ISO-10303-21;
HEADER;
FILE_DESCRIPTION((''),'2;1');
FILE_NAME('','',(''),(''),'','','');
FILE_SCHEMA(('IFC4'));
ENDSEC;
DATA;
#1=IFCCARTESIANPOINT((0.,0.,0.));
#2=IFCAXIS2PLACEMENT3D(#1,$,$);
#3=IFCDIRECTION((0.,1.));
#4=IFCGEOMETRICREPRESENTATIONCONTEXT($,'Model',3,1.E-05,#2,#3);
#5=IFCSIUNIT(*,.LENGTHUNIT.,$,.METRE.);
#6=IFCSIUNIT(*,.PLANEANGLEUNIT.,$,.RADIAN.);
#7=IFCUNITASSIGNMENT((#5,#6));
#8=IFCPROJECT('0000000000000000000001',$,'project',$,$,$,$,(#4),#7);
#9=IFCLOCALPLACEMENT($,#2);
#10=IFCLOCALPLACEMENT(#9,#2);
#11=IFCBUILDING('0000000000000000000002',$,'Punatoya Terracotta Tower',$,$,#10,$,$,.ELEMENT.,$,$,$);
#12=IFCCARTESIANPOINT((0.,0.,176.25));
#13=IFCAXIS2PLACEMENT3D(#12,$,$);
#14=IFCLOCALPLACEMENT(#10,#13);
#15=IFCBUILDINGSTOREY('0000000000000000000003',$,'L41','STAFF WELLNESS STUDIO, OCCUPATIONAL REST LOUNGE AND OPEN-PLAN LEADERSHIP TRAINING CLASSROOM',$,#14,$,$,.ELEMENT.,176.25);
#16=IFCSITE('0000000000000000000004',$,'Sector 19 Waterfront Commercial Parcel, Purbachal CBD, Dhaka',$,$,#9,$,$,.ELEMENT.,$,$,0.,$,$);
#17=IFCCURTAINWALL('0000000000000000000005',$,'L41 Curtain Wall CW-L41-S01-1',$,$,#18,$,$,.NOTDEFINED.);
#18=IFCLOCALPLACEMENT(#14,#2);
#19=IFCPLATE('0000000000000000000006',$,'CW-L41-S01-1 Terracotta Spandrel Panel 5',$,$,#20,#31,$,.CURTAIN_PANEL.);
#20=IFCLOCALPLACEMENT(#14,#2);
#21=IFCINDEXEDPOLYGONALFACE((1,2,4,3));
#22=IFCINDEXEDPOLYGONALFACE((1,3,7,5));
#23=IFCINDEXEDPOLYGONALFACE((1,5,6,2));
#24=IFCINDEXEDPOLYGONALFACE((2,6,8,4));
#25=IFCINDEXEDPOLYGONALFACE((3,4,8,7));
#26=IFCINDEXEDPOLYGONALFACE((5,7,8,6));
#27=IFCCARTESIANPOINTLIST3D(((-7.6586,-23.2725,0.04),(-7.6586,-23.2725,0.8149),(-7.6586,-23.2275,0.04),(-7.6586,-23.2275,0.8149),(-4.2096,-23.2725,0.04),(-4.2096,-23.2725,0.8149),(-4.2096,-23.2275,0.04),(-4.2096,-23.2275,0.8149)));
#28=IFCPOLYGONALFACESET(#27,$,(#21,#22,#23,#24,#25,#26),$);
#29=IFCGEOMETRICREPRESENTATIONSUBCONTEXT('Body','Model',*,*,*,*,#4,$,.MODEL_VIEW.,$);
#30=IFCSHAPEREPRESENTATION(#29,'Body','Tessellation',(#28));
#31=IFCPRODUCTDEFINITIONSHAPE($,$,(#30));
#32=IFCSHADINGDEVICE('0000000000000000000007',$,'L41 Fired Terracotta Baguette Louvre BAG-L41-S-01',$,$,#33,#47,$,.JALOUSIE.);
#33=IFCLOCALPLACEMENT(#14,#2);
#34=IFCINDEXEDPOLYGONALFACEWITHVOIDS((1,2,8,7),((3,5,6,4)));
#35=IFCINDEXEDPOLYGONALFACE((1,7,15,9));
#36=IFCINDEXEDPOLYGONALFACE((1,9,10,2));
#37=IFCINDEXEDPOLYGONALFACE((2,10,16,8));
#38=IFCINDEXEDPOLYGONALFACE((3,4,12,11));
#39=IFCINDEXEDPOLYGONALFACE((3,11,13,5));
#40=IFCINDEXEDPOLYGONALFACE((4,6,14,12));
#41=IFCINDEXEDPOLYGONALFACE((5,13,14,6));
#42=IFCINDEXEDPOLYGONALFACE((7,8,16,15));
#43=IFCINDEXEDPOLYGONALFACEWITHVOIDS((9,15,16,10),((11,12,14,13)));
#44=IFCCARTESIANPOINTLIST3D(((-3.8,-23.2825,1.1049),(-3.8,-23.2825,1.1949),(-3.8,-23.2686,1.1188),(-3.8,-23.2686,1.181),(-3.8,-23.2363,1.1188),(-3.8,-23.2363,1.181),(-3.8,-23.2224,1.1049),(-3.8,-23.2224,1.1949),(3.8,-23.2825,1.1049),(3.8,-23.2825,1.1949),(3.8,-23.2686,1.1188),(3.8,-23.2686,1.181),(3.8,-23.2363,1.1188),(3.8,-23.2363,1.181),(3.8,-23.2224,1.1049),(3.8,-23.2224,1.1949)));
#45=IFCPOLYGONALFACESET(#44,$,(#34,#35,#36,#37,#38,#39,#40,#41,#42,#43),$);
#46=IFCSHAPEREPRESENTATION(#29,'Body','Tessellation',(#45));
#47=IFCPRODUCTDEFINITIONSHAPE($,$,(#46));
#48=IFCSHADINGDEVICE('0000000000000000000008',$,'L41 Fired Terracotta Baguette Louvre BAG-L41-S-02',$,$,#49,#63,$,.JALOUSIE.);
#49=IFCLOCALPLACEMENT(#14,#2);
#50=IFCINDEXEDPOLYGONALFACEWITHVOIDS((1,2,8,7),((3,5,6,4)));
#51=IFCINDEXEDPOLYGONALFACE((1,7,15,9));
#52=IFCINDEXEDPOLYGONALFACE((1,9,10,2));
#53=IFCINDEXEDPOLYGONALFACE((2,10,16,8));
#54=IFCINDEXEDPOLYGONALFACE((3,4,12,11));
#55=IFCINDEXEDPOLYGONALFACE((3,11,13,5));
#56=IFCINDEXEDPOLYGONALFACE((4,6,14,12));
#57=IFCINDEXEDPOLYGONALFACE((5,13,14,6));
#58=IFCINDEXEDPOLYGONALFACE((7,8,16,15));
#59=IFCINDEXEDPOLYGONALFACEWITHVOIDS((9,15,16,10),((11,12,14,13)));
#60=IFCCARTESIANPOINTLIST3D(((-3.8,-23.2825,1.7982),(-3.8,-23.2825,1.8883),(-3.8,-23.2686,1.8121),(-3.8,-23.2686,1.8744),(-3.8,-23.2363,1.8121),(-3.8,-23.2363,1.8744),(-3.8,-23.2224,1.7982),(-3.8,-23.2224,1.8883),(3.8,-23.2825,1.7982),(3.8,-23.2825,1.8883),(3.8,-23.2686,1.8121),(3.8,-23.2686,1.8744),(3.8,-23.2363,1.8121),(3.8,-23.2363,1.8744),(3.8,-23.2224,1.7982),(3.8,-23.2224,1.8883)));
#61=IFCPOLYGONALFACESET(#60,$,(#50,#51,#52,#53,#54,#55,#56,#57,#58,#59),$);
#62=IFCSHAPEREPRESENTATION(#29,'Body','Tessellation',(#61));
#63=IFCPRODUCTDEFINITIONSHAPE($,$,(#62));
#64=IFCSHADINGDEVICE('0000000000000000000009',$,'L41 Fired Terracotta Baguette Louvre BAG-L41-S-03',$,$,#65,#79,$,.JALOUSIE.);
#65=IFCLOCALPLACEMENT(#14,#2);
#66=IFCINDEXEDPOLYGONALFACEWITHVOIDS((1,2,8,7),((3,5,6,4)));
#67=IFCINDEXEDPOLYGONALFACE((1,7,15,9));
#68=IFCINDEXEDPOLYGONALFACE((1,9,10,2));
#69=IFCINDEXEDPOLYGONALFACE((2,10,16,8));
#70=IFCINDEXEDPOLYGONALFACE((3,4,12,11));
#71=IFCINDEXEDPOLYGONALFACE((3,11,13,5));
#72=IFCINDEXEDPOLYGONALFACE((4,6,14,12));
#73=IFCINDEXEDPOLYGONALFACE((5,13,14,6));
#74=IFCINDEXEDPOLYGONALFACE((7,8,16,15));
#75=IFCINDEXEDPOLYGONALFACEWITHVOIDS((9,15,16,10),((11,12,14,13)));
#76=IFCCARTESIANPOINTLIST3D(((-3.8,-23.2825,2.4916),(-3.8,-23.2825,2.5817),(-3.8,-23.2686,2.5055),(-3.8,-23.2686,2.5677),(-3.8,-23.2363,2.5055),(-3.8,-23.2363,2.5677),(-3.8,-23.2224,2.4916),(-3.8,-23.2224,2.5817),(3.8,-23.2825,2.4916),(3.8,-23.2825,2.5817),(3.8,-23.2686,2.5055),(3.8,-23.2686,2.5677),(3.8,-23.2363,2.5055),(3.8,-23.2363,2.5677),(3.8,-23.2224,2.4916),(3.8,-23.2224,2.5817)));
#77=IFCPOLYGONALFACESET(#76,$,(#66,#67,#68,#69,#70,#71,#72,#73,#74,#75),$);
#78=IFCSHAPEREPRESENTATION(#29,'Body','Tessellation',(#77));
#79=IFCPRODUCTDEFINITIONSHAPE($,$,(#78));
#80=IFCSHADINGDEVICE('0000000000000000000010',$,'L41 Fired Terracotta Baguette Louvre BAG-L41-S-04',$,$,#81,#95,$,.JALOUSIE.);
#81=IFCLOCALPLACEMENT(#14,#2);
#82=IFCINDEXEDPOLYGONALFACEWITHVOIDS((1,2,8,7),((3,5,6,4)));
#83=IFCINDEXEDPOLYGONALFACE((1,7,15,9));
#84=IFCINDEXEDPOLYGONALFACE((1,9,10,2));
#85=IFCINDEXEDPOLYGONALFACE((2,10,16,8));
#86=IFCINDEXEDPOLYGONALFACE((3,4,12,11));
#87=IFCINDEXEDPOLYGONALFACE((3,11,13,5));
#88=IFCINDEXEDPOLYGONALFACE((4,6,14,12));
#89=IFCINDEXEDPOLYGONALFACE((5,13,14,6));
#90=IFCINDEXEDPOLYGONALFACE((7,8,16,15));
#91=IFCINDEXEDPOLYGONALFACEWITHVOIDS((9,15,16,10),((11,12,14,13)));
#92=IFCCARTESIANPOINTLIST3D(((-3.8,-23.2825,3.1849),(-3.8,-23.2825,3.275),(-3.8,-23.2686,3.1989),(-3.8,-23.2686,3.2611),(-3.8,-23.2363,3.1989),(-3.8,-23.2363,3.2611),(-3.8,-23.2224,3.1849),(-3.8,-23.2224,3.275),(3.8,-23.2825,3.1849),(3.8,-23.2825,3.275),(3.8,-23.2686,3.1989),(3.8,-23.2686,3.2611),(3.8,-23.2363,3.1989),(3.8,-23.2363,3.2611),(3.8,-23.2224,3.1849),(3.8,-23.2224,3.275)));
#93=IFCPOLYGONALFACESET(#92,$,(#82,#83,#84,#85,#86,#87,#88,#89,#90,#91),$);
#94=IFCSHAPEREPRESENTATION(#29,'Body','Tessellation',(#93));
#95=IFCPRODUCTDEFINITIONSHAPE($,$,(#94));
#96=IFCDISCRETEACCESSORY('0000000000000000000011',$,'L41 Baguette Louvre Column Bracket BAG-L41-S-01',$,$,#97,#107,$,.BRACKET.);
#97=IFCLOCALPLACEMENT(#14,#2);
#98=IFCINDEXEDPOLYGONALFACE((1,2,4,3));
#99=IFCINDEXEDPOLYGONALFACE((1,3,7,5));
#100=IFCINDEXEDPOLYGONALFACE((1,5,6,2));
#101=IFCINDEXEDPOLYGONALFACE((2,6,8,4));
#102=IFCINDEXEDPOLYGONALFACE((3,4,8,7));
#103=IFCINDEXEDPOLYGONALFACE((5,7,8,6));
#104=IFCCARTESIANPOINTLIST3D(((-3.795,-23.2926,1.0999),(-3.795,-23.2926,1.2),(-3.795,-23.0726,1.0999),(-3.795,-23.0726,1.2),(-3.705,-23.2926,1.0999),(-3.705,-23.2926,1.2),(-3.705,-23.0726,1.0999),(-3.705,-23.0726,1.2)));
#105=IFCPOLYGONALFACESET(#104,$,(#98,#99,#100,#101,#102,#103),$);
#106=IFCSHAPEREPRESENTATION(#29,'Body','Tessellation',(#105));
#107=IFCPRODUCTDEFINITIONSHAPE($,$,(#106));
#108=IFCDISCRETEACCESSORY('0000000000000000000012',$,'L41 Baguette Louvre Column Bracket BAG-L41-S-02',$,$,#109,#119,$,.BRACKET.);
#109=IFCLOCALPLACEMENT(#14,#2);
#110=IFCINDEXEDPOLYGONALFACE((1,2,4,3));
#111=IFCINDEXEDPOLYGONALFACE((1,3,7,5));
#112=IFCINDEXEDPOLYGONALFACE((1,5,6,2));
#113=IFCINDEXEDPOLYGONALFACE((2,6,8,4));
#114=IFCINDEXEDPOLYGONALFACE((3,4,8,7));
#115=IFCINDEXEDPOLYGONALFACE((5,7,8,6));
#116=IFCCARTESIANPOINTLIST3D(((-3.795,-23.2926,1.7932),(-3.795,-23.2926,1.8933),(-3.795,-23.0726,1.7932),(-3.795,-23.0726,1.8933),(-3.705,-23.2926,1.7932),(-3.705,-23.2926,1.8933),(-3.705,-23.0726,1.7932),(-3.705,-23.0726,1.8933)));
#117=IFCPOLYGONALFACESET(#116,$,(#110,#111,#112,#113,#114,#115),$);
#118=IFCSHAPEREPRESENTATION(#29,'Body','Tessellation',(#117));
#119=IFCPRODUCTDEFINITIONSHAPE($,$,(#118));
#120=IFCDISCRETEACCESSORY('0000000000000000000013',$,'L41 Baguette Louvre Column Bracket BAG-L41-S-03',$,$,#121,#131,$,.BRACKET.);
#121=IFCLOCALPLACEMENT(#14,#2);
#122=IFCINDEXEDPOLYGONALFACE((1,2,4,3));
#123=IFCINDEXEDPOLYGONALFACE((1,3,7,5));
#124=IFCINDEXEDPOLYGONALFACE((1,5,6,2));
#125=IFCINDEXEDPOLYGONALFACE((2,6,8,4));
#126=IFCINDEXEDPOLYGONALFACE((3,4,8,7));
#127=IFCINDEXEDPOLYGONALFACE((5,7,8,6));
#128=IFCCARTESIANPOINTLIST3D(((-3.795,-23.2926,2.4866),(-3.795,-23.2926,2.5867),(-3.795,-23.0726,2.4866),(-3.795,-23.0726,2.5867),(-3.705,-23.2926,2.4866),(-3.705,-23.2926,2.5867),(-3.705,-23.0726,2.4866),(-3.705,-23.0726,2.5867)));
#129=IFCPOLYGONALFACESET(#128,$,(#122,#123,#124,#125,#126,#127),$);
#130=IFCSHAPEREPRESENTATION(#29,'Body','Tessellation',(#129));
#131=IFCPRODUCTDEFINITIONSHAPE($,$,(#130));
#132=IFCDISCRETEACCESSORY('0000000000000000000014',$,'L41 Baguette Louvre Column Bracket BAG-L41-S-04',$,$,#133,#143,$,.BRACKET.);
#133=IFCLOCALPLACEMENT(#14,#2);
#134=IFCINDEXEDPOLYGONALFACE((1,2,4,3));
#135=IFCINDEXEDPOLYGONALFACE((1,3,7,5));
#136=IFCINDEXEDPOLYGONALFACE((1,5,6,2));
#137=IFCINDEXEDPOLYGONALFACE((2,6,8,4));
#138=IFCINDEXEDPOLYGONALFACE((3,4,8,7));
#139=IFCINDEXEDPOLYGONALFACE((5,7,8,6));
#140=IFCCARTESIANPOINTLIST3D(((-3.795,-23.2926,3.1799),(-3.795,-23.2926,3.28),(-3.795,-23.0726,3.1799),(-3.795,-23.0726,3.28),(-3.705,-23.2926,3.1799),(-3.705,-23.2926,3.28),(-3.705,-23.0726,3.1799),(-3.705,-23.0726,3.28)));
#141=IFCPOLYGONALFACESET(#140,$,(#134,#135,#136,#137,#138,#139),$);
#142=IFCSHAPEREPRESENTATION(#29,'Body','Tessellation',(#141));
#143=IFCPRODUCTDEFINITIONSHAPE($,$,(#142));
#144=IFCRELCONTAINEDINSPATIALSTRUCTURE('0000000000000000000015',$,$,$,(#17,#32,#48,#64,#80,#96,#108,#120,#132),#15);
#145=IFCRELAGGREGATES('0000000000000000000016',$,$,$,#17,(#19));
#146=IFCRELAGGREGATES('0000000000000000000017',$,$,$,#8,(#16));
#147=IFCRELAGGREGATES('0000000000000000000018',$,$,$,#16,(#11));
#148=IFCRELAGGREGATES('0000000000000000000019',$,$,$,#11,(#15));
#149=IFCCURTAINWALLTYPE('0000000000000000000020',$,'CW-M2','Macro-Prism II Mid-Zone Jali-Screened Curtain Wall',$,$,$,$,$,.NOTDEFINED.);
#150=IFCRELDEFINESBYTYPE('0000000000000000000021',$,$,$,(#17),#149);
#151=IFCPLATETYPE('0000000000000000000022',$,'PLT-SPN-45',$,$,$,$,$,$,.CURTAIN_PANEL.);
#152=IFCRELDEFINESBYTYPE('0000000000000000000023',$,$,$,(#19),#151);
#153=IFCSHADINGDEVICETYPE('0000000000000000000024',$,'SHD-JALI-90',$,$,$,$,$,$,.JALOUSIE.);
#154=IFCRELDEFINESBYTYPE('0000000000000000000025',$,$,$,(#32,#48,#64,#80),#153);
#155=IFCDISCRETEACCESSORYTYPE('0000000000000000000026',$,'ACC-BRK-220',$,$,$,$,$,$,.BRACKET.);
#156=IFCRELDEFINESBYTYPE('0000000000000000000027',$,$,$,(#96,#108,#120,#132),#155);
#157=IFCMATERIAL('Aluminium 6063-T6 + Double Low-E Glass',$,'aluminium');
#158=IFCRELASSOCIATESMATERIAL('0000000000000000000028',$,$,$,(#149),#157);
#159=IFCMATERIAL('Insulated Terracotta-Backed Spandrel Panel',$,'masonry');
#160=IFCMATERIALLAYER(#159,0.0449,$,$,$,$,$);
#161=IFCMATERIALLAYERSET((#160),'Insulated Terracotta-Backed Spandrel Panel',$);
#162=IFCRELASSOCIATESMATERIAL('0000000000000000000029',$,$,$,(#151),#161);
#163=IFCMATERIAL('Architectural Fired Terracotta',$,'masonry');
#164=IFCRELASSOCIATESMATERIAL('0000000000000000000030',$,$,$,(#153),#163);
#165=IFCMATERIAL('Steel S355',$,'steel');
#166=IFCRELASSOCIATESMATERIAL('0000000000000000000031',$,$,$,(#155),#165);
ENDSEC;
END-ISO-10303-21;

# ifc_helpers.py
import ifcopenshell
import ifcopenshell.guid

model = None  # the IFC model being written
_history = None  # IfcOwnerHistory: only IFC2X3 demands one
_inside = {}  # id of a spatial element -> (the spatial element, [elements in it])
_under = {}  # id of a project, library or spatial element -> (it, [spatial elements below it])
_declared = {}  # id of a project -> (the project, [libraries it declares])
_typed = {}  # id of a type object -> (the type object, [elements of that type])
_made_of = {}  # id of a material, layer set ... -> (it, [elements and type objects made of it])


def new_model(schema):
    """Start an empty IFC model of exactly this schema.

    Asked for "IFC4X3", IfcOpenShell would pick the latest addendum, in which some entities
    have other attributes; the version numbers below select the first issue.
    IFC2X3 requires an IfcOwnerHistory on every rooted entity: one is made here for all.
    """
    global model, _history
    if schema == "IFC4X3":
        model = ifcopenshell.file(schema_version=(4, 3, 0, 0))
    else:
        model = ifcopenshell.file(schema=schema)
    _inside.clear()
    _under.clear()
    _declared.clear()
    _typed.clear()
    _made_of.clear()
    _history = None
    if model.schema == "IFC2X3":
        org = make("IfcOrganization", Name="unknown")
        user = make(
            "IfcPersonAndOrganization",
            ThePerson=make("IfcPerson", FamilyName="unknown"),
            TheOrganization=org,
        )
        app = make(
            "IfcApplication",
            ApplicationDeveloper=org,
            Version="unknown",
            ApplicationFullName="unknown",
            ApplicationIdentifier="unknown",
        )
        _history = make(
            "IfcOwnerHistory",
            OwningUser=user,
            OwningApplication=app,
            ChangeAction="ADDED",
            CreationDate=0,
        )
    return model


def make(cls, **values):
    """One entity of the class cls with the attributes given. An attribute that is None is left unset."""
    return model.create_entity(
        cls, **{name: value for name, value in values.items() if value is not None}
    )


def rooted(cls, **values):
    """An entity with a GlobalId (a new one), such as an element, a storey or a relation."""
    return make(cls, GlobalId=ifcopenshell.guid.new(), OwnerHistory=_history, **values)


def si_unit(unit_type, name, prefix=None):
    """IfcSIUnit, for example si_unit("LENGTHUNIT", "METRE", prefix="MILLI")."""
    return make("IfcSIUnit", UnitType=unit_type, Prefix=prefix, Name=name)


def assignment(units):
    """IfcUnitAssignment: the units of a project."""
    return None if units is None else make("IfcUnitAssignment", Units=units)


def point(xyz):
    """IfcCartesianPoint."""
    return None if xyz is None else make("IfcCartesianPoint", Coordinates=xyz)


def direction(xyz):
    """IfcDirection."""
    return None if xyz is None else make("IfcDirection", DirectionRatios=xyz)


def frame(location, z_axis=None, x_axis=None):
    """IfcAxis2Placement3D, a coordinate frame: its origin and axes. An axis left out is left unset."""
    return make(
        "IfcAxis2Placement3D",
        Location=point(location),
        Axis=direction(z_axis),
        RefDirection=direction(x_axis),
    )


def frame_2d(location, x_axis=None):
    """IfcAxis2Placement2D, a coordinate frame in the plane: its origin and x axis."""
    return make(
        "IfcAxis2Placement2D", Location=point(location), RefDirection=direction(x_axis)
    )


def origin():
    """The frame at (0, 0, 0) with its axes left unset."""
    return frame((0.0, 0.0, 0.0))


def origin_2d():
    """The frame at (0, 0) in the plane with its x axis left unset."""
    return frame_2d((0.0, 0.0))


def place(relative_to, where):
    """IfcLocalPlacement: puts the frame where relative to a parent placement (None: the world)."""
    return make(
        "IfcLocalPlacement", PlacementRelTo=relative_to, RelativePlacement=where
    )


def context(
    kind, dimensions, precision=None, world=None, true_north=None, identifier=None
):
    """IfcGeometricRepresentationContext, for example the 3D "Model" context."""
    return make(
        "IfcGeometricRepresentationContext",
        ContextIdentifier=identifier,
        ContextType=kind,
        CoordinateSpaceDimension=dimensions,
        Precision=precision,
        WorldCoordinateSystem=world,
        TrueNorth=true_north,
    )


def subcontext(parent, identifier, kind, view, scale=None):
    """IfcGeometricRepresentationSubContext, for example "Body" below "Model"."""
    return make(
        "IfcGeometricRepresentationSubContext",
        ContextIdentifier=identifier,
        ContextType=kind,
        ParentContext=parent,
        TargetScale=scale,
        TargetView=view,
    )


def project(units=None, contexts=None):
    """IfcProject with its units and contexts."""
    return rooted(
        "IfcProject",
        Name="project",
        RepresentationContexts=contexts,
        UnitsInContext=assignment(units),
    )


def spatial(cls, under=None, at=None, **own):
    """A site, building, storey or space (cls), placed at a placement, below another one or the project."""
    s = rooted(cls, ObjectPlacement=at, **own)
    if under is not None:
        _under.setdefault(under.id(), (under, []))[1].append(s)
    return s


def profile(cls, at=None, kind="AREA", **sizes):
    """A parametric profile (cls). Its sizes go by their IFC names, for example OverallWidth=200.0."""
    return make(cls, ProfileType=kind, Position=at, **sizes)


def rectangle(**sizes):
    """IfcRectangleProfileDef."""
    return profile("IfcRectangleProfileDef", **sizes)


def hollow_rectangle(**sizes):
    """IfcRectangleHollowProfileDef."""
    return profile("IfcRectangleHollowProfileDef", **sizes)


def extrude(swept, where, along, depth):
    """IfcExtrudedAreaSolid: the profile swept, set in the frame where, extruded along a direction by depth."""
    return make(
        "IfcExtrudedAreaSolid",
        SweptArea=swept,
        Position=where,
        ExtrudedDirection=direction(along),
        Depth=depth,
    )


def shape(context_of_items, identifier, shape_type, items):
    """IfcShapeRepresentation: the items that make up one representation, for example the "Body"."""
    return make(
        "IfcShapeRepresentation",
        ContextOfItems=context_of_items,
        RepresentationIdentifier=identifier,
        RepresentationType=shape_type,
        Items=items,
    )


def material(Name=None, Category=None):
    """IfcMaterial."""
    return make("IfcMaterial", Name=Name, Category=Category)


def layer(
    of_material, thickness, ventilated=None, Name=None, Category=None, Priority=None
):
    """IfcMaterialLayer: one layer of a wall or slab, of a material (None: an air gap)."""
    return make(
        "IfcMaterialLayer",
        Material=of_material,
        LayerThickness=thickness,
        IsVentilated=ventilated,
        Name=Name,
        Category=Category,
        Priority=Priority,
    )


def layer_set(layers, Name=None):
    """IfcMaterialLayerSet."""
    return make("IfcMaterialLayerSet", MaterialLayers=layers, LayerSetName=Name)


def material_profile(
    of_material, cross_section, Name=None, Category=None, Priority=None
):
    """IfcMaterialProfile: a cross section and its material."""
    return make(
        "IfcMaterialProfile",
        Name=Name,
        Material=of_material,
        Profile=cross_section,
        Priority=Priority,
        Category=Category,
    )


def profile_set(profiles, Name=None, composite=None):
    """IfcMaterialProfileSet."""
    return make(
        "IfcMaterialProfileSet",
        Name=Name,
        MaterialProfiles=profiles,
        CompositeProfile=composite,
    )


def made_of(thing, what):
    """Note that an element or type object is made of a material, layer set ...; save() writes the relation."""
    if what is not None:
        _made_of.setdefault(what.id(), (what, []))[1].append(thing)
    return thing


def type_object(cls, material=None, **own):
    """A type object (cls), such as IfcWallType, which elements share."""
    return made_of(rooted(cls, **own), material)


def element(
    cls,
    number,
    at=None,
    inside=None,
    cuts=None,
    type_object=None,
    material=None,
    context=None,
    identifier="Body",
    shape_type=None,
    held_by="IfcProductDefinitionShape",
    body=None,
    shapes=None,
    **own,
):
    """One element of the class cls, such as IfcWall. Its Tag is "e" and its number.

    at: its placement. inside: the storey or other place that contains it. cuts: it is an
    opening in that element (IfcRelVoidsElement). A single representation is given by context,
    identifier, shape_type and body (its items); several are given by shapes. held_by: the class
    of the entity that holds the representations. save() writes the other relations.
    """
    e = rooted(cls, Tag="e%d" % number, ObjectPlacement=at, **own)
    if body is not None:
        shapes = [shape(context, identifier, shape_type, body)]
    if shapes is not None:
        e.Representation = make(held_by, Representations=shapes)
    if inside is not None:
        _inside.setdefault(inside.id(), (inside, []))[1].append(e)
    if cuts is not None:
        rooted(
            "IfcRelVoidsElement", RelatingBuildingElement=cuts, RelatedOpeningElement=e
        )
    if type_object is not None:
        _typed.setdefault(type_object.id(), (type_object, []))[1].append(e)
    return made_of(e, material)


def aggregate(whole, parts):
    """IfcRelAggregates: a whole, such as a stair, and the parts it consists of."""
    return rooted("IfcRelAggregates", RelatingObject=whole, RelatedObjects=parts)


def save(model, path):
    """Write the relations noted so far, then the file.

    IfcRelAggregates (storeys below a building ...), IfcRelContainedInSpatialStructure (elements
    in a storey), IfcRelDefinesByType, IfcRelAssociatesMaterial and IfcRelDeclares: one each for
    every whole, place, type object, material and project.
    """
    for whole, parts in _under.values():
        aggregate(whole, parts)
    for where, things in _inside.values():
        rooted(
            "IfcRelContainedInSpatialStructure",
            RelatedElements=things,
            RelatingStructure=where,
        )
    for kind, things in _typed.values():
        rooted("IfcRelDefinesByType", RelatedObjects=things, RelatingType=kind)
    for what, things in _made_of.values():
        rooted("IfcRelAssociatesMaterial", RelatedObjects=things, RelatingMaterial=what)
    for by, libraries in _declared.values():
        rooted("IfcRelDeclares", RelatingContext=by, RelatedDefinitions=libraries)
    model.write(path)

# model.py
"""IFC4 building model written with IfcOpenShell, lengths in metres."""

from ifc_helpers import new_model, si_unit, direction, frame, origin, origin_2d, place, context, subcontext, project, spatial, rectangle, hollow_rectangle, extrude, material, layer, layer_set, material_profile, profile_set, type_object, element, aggregate, save


model = new_model("IFC4")

# Units and contexts
model_context = context("Model", 3, precision=1e-05, world=origin(), true_north=direction((0.0, 1.0)))
body_context = subcontext(model_context, "Body", "Model", "MODEL_VIEW")
ifc_project = project(units=[si_unit("LENGTHUNIT", "METRE"), si_unit("PLANEANGLEUNIT", "RADIAN")], contexts=[model_context])

# Site, building, storey
site_placement = place(None, origin())
site = spatial("IfcSite", under=ifc_project, at=site_placement, Name="Sector 19 Waterfront Commercial Parcel, Purbachal CBD, Dhaka", CompositionType="ELEMENT", RefElevation=0.0)
building_placement = place(site_placement, origin())
building = spatial("IfcBuilding", under=site, at=building_placement, Name="Punatoya Terracotta Tower", CompositionType="ELEMENT")
storey_placement = place(building_placement, frame((0.0, 0.0, 176.25)))
storey = spatial("IfcBuildingStorey", under=building, at=storey_placement, Name="L41", Description="STAFF WELLNESS STUDIO, OCCUPATIONAL REST LOUNGE AND OPEN-PLAN LEADERSHIP TRAINING CLASSROOM", CompositionType="ELEMENT", Elevation=176.25)

# Curtain wall, plate
ifc_material_1 = material(Name="Aluminium 6063-T6 + Double Low-E Glass", Category="aluminium")
curtain_wall_type = type_object("IfcCurtainWallType", Name="CW-M2", Description="Macro-Prism II Mid-Zone Jali-Screened Curtain Wall", PredefinedType="NOTDEFINED", material=ifc_material_1)
curtain_wall_placement = place(storey_placement, origin())
curtain_wall = element("IfcCurtainWall", 1, at=curtain_wall_placement, inside=storey, type_object=curtain_wall_type, Name="L41 Curtain Wall CW-L41-S01-1", PredefinedType="NOTDEFINED")
ifc_material_2 = material(Name="Insulated Terracotta-Backed Spandrel Panel", Category="masonry")
ifc_layer_1 = layer(ifc_material_2, 0.0449)
ifc_layer_set_1 = layer_set([ifc_layer_1], Name="Insulated Terracotta-Backed Spandrel Panel")
plate_type_1 = type_object("IfcPlateType", Name="PLT-SPN-45", PredefinedType="CURTAIN_PANEL", material=ifc_layer_set_1)
plate_1_placement = place(storey_placement, frame((-5.9341, -23.25, 0.04), z_axis=(0.0, 0.0, 1.0), x_axis=(1.0, 0.0, 0.0)))
plate_1 = element("IfcPlate", 2, at=plate_1_placement, type_object=plate_type_1, Name="CW-L41-S01-1 Terracotta Spandrel Panel 5", PredefinedType="CURTAIN_PANEL", context=body_context, shape_type="SweptSolid", body=[
    extrude(rectangle(XDim=3.449, YDim=0.0449, at=origin_2d()), origin(), (0.0, 0.0, 1.0), 0.7749),
])
aggregate(curtain_wall, [plate_1])

# Shading devices
ifc_material_3 = material(Name="Architectural Fired Terracotta", Category="masonry")
ifc_material_profile_1 = material_profile(ifc_material_3, hollow_rectangle(XDim=0.0601, YDim=0.0901, WallThickness=0.0139, at=origin_2d()))
ifc_profile_set_1 = profile_set([ifc_material_profile_1], Name="Architectural Fired Terracotta")
shading_device_type = type_object("IfcShadingDeviceType", Name="SHD-JALI-90", PredefinedType="JALOUSIE", material=ifc_profile_set_1)
for number, where, z_axis, x_axis, name in (
    (3, (-3.8, -23.2524, 1.1499), (1.0, 0.0, 0.0), (0.0, 1.0, 0.0), "L41 Fired Terracotta Baguette Louvre BAG-L41-S-01"),
    (4, (-3.8, -23.2524, 1.8433), (1.0, 0.0, 0.0), (0.0, 1.0, 0.0), "L41 Fired Terracotta Baguette Louvre BAG-L41-S-02"),
    (5, (-3.8, -23.2524, 2.5366), (1.0, 0.0, 0.0), (0.0, 1.0, 0.0), "L41 Fired Terracotta Baguette Louvre BAG-L41-S-03"),
    (6, (-3.8, -23.2524, 3.23), (1.0, 0.0, 0.0), (0.0, 1.0, 0.0), "L41 Fired Terracotta Baguette Louvre BAG-L41-S-04"),
):
    element("IfcShadingDevice", number, at=place(storey_placement, frame(where, z_axis=z_axis, x_axis=x_axis)), inside=storey, type_object=shading_device_type, Name=name, PredefinedType="JALOUSIE", context=body_context, shape_type="SweptSolid", body=[
        extrude(hollow_rectangle(XDim=0.0601, YDim=0.0901, WallThickness=0.0139, at=origin_2d()), origin(), (0.0, 0.0, 1.0), 7.6001),
    ])

# Discrete accessories
ifc_material_4 = material(Name="Steel S355", Category="steel")
discrete_accessory_type = type_object("IfcDiscreteAccessoryType", Name="ACC-BRK-220", PredefinedType="BRACKET", material=ifc_material_4)
for number, where, z_axis, x_axis, name in (
    (7, (-3.75, -23.1826, 1.0999), (0.0, 0.0, 1.0), (1.0, 0.0, 0.0), "L41 Baguette Louvre Column Bracket BAG-L41-S-01"),
    (8, (-3.75, -23.1826, 1.7932), (0.0, 0.0, 1.0), (1.0, 0.0, 0.0), "L41 Baguette Louvre Column Bracket BAG-L41-S-02"),
    (9, (-3.75, -23.1826, 2.4866), (0.0, 0.0, 1.0), (1.0, 0.0, 0.0), "L41 Baguette Louvre Column Bracket BAG-L41-S-03"),
    (10, (-3.75, -23.1826, 3.1799), (0.0, 0.0, 1.0), (1.0, 0.0, 0.0), "L41 Baguette Louvre Column Bracket BAG-L41-S-04"),
):
    element("IfcDiscreteAccessory", number, at=place(storey_placement, frame(where, z_axis=z_axis, x_axis=x_axis)), inside=storey, type_object=discrete_accessory_type, Name=name, PredefinedType="BRACKET", context=body_context, shape_type="SweptSolid", body=[
        extrude(rectangle(XDim=0.0901, YDim=0.22, at=origin_2d()), origin(), (0.0, 0.0, 1.0), 0.1001),
    ])

save(model, "model.ifc")
